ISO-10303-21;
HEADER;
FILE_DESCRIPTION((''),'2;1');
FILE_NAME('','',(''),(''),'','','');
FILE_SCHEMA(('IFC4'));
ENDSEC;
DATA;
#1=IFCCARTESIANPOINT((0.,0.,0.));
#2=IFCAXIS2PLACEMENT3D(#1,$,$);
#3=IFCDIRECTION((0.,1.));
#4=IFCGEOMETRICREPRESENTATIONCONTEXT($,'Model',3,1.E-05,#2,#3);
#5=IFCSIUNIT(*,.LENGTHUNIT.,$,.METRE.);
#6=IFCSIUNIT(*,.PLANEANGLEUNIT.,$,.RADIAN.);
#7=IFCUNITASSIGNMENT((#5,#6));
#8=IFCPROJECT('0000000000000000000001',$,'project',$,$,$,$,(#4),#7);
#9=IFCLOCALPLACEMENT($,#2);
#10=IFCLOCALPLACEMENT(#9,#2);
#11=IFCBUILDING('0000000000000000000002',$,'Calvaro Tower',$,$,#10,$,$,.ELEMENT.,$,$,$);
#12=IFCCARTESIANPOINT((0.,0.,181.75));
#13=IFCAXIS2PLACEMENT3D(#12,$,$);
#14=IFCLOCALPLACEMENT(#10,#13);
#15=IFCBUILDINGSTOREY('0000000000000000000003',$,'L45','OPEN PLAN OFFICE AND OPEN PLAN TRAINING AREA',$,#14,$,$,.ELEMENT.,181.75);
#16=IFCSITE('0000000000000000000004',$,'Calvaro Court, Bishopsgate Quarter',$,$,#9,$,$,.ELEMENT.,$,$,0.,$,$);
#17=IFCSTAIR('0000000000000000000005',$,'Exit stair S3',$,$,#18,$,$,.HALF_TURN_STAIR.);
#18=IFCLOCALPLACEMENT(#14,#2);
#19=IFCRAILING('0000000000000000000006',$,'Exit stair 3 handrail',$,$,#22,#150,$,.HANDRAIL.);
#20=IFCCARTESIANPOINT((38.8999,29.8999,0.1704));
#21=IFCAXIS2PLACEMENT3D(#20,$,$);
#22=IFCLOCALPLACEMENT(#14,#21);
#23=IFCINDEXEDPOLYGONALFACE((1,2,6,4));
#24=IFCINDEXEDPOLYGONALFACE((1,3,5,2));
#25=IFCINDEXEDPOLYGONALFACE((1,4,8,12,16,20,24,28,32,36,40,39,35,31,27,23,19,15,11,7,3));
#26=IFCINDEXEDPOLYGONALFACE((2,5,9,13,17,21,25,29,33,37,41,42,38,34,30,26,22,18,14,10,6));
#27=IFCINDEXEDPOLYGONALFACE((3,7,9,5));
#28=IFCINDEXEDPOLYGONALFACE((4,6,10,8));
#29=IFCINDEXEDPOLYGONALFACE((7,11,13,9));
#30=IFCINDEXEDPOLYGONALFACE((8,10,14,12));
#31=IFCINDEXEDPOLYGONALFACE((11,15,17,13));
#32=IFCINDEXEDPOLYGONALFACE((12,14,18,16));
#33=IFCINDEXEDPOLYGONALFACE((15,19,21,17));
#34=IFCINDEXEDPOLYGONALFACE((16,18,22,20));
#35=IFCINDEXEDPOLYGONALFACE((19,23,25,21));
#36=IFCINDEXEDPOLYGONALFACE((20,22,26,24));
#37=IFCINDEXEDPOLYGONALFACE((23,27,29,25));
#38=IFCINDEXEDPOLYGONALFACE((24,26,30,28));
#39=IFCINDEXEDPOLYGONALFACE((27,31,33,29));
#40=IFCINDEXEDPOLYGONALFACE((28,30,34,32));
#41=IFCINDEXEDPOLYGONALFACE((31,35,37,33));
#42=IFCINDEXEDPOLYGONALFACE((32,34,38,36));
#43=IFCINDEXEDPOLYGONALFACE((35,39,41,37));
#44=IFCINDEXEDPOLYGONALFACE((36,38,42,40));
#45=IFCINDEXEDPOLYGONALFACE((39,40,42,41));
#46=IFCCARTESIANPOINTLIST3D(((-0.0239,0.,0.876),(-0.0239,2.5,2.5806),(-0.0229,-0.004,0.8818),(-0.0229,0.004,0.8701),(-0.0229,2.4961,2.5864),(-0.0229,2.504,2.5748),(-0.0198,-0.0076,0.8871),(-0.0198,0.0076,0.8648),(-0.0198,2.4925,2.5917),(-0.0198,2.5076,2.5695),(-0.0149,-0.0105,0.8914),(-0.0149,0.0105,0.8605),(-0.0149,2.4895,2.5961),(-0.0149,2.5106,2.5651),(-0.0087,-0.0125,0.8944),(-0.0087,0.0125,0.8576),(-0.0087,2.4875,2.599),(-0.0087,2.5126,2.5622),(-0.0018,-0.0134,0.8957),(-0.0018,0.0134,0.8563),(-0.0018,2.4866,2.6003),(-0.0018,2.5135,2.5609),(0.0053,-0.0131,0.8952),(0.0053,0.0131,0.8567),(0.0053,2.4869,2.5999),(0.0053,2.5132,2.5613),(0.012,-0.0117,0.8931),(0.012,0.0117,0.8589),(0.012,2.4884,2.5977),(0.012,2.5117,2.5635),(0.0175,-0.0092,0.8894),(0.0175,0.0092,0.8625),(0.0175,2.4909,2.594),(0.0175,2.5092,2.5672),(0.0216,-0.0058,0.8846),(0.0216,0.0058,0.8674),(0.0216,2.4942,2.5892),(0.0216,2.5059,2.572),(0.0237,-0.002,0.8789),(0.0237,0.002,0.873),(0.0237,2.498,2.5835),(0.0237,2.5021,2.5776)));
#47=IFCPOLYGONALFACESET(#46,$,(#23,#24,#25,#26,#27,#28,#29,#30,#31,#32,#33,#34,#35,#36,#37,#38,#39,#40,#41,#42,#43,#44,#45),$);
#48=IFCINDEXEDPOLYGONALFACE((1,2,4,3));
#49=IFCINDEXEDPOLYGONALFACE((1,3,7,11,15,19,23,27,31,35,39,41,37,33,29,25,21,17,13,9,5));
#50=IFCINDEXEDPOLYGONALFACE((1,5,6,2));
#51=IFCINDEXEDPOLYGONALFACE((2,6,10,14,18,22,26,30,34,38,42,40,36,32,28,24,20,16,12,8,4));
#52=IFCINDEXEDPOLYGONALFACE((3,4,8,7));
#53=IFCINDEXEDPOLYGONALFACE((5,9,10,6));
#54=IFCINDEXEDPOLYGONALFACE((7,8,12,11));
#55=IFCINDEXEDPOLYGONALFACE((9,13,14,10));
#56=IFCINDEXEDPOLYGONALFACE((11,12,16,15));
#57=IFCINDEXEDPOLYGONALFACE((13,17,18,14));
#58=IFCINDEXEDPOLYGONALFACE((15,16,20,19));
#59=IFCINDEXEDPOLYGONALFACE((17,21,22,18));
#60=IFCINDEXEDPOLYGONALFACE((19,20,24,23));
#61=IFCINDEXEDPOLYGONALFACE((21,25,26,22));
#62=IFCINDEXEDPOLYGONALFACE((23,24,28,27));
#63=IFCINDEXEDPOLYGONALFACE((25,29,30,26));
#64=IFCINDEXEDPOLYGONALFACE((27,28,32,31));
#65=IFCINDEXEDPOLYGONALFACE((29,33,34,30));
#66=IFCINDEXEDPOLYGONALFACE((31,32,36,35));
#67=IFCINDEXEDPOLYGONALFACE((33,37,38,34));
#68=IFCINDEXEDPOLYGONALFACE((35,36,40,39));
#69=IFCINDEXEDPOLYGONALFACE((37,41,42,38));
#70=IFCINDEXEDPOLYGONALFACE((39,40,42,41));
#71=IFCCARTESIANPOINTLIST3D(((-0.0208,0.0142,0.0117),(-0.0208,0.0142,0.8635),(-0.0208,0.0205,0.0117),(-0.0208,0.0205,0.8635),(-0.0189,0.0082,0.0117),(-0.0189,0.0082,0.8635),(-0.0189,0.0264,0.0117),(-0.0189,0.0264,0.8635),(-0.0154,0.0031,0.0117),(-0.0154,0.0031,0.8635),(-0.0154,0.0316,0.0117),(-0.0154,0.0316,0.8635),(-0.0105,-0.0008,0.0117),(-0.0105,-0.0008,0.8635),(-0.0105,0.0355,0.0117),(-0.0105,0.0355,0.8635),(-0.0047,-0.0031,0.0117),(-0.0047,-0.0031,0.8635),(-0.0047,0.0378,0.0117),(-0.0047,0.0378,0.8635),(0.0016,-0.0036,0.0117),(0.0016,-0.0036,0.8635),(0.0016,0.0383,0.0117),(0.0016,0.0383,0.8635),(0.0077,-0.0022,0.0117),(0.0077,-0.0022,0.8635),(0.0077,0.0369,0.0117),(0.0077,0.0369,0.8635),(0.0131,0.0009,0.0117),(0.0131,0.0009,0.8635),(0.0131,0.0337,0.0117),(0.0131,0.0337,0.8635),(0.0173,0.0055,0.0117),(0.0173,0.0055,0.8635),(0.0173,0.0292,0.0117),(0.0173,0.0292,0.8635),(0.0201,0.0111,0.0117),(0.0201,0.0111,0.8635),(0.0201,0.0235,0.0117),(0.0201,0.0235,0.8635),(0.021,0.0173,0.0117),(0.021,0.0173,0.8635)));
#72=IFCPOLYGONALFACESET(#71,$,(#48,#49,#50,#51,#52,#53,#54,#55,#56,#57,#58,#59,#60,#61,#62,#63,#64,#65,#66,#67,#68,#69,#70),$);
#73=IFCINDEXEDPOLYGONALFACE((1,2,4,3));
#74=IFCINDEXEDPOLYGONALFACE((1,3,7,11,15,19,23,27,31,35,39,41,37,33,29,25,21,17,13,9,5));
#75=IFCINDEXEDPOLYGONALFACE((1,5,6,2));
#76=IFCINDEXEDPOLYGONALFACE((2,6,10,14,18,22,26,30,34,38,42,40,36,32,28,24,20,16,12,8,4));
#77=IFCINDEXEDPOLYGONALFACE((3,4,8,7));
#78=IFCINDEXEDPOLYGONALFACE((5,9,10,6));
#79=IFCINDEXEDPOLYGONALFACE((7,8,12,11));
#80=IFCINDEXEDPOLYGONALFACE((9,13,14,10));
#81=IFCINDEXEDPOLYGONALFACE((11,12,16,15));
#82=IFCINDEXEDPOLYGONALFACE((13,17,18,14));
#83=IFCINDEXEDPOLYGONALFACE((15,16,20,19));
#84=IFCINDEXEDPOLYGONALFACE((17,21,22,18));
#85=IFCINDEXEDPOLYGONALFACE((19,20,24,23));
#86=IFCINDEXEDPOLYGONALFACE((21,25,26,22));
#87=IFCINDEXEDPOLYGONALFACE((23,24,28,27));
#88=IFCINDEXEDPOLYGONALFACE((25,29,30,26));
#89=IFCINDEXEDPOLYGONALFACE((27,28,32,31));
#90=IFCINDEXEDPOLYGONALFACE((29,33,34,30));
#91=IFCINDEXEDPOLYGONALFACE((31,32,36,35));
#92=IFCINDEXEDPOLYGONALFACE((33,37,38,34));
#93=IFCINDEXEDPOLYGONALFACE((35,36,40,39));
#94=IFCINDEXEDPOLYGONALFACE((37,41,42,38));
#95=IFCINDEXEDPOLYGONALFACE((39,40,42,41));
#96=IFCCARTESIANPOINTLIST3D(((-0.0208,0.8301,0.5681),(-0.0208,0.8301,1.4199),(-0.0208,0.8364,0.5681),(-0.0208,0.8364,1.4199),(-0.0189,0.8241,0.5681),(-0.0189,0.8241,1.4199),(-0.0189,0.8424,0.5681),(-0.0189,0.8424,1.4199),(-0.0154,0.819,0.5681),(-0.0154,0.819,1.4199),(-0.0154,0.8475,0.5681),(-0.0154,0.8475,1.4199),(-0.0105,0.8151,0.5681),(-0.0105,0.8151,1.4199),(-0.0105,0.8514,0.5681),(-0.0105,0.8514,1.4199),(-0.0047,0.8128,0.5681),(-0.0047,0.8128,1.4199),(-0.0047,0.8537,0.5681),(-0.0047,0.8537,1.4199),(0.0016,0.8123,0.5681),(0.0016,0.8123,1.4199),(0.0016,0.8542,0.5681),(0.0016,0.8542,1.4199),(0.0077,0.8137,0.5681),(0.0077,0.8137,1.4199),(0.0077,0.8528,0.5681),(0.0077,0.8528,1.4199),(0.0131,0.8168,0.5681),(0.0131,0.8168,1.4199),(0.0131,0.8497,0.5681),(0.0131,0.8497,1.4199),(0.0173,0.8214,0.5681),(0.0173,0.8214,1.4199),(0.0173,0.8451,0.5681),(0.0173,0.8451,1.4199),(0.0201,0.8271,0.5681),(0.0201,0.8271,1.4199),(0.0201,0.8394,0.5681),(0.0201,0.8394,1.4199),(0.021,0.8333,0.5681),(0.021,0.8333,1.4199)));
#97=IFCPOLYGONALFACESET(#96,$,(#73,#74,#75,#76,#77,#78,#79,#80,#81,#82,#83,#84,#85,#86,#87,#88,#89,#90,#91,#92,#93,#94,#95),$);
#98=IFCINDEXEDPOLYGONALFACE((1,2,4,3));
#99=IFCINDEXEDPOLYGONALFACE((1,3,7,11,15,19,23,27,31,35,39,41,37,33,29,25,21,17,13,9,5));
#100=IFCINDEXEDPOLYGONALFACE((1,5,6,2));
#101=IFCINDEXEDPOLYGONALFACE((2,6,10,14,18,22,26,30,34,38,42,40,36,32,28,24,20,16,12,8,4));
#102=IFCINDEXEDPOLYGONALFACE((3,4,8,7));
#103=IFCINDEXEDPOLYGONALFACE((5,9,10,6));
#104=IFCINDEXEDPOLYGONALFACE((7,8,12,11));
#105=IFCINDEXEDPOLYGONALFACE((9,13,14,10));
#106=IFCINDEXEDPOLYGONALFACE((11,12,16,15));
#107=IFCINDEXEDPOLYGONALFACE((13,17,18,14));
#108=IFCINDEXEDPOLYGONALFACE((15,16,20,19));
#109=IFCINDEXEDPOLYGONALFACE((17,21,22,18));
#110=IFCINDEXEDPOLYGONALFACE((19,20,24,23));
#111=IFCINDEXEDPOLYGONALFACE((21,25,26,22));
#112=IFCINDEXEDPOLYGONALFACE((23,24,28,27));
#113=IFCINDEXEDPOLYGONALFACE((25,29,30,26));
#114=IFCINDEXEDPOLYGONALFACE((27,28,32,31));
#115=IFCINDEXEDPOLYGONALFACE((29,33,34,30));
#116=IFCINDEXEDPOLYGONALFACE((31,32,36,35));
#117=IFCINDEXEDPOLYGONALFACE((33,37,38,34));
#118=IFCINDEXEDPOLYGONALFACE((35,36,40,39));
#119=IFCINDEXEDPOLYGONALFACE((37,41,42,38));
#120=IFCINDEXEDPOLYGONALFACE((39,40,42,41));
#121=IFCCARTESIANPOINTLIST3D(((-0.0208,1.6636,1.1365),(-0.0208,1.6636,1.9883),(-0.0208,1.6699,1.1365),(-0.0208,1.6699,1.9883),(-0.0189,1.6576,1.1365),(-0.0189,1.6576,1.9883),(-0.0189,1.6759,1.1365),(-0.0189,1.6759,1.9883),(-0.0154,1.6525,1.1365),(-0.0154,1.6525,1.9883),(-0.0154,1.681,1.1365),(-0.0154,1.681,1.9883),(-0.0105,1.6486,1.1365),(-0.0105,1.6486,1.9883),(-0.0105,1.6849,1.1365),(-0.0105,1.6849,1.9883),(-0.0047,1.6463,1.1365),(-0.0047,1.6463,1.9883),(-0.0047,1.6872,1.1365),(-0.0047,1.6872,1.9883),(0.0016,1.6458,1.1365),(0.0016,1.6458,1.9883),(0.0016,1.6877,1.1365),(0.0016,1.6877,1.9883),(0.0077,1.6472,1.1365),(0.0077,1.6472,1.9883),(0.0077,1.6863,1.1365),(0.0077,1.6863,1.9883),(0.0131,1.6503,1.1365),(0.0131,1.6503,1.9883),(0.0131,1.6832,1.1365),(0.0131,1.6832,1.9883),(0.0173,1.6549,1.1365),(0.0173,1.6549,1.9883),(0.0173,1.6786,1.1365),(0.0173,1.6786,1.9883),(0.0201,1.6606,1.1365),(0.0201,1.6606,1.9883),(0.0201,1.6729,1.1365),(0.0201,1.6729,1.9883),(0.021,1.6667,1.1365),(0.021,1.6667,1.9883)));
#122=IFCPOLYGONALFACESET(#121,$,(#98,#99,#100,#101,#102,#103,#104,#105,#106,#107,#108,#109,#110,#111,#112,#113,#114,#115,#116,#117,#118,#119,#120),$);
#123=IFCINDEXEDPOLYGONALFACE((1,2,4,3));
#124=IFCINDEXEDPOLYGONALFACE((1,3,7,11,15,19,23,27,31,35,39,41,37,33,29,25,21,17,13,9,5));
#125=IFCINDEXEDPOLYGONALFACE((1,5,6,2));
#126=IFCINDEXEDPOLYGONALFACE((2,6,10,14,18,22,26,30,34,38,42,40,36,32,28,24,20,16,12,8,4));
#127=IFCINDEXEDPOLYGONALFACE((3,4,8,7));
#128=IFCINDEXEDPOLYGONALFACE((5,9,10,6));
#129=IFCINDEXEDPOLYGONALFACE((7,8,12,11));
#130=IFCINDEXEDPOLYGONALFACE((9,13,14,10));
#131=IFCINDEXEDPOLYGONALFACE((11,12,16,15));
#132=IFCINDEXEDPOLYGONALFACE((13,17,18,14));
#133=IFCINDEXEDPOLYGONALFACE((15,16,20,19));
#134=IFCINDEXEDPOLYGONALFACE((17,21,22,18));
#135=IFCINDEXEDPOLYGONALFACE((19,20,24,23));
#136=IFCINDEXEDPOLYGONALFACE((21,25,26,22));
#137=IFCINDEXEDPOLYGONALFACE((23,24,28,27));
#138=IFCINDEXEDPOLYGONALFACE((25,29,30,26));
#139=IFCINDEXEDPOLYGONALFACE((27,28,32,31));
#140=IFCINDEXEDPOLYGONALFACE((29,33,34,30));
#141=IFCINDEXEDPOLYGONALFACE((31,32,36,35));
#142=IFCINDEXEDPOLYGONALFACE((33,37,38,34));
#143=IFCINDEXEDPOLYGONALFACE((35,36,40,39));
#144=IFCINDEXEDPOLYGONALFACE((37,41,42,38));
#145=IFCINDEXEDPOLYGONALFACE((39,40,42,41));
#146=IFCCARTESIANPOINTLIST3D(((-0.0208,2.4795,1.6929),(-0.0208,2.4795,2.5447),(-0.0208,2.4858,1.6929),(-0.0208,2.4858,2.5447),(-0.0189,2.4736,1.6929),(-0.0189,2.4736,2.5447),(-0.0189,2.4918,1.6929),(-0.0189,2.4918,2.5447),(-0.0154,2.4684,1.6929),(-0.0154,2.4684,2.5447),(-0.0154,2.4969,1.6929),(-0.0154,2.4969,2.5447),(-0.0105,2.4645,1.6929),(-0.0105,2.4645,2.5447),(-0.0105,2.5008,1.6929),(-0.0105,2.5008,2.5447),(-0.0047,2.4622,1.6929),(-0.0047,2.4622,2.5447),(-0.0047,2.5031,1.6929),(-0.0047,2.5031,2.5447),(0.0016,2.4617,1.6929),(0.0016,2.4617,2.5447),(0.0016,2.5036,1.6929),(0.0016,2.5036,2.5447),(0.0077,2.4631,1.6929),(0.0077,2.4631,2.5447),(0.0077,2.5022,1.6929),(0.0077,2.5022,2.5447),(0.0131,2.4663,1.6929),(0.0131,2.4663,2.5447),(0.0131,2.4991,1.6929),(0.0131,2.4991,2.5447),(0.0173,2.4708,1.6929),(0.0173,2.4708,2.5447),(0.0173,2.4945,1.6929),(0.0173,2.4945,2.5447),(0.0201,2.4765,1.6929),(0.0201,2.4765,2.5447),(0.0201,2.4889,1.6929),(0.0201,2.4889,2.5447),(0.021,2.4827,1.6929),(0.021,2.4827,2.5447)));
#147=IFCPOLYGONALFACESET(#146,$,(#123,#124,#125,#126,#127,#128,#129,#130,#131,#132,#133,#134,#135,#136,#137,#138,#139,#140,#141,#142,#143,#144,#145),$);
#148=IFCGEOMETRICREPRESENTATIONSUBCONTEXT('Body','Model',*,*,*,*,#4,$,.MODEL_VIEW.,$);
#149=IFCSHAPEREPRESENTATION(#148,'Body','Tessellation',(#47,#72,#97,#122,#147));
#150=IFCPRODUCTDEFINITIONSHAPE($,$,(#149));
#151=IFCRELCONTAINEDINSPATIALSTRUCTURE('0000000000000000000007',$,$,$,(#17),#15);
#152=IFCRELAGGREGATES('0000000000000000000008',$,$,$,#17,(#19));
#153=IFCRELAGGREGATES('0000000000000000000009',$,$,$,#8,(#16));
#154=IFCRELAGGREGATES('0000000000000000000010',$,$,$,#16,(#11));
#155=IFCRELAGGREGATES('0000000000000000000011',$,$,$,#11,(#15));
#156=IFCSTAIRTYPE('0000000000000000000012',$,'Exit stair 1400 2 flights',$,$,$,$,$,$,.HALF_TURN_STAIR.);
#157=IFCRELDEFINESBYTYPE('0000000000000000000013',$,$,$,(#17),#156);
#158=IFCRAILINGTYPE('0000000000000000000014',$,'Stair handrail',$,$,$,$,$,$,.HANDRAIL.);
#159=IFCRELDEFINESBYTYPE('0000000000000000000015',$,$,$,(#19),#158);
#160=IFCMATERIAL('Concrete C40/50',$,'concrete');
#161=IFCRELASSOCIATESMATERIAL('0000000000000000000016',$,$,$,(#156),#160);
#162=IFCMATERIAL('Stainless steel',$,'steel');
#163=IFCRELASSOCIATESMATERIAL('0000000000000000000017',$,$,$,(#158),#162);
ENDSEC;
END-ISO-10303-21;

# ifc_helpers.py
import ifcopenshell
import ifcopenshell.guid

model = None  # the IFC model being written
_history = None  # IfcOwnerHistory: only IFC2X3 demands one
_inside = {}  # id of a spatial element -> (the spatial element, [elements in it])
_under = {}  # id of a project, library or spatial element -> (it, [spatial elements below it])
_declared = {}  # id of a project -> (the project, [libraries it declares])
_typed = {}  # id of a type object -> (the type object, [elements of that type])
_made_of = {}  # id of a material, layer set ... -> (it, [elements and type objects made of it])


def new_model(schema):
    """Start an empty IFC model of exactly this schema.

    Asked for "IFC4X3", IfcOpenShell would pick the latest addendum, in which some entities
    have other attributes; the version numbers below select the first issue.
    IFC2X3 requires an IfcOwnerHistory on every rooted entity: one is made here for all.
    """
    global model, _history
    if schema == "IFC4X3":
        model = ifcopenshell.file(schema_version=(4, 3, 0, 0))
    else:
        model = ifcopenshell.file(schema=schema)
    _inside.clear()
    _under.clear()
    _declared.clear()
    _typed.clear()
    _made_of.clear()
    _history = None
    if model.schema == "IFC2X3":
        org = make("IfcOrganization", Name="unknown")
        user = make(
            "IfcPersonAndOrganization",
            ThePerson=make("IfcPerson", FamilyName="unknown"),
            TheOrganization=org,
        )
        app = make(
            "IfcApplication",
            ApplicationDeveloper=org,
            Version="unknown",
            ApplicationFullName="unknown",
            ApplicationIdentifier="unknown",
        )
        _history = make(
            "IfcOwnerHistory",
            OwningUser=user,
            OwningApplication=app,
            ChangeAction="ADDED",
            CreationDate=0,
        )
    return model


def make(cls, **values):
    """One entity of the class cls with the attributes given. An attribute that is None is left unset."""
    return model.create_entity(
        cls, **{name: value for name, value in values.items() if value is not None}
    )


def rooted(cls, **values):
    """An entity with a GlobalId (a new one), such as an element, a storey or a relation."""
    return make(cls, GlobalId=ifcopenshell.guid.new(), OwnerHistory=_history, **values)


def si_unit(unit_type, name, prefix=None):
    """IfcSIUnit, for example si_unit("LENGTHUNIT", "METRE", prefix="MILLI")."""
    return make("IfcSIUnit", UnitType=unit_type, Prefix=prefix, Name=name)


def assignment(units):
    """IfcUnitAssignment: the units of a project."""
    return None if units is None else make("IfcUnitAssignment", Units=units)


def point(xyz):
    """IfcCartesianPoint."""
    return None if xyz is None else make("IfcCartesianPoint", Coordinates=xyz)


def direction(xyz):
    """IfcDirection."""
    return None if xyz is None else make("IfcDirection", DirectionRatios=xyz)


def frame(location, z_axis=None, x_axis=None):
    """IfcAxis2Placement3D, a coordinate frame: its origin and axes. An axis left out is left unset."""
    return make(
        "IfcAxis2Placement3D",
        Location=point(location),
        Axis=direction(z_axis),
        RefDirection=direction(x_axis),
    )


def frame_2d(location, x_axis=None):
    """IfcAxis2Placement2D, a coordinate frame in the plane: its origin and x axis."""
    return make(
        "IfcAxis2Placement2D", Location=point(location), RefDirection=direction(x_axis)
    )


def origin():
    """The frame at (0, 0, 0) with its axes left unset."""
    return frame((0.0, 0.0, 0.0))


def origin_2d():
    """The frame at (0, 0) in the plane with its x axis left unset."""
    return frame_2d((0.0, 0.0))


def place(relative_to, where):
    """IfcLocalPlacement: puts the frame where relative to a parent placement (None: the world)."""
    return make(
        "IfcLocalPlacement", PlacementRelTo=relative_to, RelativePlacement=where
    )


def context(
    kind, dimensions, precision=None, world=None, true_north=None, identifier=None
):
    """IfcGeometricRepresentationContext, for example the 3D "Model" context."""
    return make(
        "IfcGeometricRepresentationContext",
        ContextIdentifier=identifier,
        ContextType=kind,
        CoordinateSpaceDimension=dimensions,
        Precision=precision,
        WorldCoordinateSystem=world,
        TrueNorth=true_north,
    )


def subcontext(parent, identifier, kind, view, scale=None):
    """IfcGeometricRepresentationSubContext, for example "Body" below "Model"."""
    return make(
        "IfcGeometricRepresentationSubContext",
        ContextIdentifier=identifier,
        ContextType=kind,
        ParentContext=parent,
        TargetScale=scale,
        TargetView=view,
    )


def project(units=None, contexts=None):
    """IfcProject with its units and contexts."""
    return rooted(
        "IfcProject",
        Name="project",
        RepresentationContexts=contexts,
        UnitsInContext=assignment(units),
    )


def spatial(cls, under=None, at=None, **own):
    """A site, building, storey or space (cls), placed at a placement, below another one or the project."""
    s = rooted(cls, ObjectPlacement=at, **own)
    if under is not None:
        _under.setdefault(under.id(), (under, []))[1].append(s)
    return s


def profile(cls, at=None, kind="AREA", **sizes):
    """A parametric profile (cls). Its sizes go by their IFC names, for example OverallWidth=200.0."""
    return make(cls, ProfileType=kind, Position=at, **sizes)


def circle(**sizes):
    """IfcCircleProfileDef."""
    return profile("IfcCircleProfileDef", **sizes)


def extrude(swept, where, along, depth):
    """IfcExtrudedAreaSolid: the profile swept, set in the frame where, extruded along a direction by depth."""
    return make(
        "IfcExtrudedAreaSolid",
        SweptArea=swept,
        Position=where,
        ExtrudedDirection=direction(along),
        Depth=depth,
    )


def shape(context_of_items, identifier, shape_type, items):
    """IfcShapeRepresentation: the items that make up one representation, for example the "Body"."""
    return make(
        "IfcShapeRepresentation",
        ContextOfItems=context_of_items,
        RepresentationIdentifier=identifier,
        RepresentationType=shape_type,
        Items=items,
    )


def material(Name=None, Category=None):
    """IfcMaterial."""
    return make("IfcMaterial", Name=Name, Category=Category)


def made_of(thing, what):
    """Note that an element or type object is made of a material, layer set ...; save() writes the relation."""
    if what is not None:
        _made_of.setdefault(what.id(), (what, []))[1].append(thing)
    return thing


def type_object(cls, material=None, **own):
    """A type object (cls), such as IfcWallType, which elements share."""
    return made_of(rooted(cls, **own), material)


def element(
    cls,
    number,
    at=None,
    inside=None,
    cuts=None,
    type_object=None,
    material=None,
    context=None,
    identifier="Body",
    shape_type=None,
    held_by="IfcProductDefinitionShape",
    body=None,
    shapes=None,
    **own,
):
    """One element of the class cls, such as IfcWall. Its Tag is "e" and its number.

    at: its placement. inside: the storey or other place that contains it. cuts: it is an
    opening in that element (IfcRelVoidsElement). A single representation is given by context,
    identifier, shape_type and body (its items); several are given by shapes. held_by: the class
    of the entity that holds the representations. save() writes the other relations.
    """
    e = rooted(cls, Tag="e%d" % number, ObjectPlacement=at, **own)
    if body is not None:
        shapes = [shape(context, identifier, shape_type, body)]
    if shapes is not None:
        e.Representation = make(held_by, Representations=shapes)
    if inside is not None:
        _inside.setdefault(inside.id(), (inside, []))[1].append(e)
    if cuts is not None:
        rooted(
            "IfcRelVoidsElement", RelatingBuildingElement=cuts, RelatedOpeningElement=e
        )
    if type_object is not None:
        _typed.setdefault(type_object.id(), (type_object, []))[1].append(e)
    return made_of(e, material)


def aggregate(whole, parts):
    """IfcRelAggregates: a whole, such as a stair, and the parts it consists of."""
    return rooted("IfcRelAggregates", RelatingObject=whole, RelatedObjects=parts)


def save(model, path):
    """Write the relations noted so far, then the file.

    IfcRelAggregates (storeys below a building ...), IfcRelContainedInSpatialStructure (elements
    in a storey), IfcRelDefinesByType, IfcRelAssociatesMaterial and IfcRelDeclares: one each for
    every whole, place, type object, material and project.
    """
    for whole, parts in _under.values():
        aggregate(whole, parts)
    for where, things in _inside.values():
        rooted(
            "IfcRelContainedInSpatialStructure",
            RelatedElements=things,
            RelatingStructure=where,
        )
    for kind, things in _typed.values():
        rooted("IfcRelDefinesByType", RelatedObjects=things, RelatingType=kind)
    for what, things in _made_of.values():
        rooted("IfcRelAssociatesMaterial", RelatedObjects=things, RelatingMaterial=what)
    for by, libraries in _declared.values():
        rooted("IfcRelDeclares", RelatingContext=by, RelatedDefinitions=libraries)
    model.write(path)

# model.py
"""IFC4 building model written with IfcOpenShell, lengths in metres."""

from ifc_helpers import new_model, si_unit, direction, frame, origin, origin_2d, place, context, subcontext, project, spatial, circle, extrude, material, type_object, element, aggregate, save


model = new_model("IFC4")

# Units and contexts
model_context = context("Model", 3, precision=1e-05, world=origin(), true_north=direction((0.0, 1.0)))
body_context = subcontext(model_context, "Body", "Model", "MODEL_VIEW")
ifc_project = project(units=[si_unit("LENGTHUNIT", "METRE"), si_unit("PLANEANGLEUNIT", "RADIAN")], contexts=[model_context])

# Site, building, storey
site_placement = place(None, origin())
site = spatial("IfcSite", under=ifc_project, at=site_placement, Name="Calvaro Court, Bishopsgate Quarter", CompositionType="ELEMENT", RefElevation=0.0)
building_placement = place(site_placement, origin())
building = spatial("IfcBuilding", under=site, at=building_placement, Name="Calvaro Tower", CompositionType="ELEMENT")
storey_placement = place(building_placement, frame((0.0, 0.0, 181.75)))
storey = spatial("IfcBuildingStorey", under=building, at=storey_placement, Name="L45", Description="OPEN PLAN OFFICE AND OPEN PLAN TRAINING AREA", CompositionType="ELEMENT", Elevation=181.75)

# Stair, railing
ifc_material_1 = material(Name="Concrete C40/50", Category="concrete")
stair_type = type_object("IfcStairType", Name="Exit stair 1400 2 flights", PredefinedType="HALF_TURN_STAIR", material=ifc_material_1)
stair_placement = place(storey_placement, origin())
stair = element("IfcStair", 1, at=stair_placement, inside=storey, type_object=stair_type, Name="Exit stair S3", PredefinedType="HALF_TURN_STAIR")
ifc_material_2 = material(Name="Stainless steel", Category="steel")
railing_type = type_object("IfcRailingType", Name="Stair handrail", PredefinedType="HANDRAIL", material=ifc_material_2)
railing_1_placement = place(storey_placement, frame((38.8999, 29.8999, 0.1704)))
railing_1 = element("IfcRailing", 2, at=railing_1_placement, type_object=railing_type, Name="Exit stair 3 handrail", PredefinedType="HANDRAIL", context=body_context, shape_type="SweptSolid", body=[
    extrude(circle(Radius=0.0239, at=origin_2d()), frame((0.0, 0.0, 0.876), z_axis=(0.0, 0.826221, 0.563347), x_axis=(-1.0, 0.0, 0.0)), (0.0, 0.0, 1.0), 3.0259),
    extrude(circle(Radius=0.021, at=origin_2d()), frame((0.0, 0.0173, 0.0117)), (0.0, 0.0, 1.0), 0.8518),
    extrude(circle(Radius=0.021, at=origin_2d()), frame((0.0, 0.8333, 0.5681)), (0.0, 0.0, 1.0), 0.8518),
    extrude(circle(Radius=0.021, at=origin_2d()), frame((0.0, 1.6667, 1.1365)), (0.0, 0.0, 1.0), 0.8518),
    extrude(circle(Radius=0.021, at=origin_2d()), frame((0.0, 2.4827, 1.6929)), (0.0, 0.0, 1.0), 0.8518),
])
aggregate(stair, [railing_1])

save(model, "model.ifc")
